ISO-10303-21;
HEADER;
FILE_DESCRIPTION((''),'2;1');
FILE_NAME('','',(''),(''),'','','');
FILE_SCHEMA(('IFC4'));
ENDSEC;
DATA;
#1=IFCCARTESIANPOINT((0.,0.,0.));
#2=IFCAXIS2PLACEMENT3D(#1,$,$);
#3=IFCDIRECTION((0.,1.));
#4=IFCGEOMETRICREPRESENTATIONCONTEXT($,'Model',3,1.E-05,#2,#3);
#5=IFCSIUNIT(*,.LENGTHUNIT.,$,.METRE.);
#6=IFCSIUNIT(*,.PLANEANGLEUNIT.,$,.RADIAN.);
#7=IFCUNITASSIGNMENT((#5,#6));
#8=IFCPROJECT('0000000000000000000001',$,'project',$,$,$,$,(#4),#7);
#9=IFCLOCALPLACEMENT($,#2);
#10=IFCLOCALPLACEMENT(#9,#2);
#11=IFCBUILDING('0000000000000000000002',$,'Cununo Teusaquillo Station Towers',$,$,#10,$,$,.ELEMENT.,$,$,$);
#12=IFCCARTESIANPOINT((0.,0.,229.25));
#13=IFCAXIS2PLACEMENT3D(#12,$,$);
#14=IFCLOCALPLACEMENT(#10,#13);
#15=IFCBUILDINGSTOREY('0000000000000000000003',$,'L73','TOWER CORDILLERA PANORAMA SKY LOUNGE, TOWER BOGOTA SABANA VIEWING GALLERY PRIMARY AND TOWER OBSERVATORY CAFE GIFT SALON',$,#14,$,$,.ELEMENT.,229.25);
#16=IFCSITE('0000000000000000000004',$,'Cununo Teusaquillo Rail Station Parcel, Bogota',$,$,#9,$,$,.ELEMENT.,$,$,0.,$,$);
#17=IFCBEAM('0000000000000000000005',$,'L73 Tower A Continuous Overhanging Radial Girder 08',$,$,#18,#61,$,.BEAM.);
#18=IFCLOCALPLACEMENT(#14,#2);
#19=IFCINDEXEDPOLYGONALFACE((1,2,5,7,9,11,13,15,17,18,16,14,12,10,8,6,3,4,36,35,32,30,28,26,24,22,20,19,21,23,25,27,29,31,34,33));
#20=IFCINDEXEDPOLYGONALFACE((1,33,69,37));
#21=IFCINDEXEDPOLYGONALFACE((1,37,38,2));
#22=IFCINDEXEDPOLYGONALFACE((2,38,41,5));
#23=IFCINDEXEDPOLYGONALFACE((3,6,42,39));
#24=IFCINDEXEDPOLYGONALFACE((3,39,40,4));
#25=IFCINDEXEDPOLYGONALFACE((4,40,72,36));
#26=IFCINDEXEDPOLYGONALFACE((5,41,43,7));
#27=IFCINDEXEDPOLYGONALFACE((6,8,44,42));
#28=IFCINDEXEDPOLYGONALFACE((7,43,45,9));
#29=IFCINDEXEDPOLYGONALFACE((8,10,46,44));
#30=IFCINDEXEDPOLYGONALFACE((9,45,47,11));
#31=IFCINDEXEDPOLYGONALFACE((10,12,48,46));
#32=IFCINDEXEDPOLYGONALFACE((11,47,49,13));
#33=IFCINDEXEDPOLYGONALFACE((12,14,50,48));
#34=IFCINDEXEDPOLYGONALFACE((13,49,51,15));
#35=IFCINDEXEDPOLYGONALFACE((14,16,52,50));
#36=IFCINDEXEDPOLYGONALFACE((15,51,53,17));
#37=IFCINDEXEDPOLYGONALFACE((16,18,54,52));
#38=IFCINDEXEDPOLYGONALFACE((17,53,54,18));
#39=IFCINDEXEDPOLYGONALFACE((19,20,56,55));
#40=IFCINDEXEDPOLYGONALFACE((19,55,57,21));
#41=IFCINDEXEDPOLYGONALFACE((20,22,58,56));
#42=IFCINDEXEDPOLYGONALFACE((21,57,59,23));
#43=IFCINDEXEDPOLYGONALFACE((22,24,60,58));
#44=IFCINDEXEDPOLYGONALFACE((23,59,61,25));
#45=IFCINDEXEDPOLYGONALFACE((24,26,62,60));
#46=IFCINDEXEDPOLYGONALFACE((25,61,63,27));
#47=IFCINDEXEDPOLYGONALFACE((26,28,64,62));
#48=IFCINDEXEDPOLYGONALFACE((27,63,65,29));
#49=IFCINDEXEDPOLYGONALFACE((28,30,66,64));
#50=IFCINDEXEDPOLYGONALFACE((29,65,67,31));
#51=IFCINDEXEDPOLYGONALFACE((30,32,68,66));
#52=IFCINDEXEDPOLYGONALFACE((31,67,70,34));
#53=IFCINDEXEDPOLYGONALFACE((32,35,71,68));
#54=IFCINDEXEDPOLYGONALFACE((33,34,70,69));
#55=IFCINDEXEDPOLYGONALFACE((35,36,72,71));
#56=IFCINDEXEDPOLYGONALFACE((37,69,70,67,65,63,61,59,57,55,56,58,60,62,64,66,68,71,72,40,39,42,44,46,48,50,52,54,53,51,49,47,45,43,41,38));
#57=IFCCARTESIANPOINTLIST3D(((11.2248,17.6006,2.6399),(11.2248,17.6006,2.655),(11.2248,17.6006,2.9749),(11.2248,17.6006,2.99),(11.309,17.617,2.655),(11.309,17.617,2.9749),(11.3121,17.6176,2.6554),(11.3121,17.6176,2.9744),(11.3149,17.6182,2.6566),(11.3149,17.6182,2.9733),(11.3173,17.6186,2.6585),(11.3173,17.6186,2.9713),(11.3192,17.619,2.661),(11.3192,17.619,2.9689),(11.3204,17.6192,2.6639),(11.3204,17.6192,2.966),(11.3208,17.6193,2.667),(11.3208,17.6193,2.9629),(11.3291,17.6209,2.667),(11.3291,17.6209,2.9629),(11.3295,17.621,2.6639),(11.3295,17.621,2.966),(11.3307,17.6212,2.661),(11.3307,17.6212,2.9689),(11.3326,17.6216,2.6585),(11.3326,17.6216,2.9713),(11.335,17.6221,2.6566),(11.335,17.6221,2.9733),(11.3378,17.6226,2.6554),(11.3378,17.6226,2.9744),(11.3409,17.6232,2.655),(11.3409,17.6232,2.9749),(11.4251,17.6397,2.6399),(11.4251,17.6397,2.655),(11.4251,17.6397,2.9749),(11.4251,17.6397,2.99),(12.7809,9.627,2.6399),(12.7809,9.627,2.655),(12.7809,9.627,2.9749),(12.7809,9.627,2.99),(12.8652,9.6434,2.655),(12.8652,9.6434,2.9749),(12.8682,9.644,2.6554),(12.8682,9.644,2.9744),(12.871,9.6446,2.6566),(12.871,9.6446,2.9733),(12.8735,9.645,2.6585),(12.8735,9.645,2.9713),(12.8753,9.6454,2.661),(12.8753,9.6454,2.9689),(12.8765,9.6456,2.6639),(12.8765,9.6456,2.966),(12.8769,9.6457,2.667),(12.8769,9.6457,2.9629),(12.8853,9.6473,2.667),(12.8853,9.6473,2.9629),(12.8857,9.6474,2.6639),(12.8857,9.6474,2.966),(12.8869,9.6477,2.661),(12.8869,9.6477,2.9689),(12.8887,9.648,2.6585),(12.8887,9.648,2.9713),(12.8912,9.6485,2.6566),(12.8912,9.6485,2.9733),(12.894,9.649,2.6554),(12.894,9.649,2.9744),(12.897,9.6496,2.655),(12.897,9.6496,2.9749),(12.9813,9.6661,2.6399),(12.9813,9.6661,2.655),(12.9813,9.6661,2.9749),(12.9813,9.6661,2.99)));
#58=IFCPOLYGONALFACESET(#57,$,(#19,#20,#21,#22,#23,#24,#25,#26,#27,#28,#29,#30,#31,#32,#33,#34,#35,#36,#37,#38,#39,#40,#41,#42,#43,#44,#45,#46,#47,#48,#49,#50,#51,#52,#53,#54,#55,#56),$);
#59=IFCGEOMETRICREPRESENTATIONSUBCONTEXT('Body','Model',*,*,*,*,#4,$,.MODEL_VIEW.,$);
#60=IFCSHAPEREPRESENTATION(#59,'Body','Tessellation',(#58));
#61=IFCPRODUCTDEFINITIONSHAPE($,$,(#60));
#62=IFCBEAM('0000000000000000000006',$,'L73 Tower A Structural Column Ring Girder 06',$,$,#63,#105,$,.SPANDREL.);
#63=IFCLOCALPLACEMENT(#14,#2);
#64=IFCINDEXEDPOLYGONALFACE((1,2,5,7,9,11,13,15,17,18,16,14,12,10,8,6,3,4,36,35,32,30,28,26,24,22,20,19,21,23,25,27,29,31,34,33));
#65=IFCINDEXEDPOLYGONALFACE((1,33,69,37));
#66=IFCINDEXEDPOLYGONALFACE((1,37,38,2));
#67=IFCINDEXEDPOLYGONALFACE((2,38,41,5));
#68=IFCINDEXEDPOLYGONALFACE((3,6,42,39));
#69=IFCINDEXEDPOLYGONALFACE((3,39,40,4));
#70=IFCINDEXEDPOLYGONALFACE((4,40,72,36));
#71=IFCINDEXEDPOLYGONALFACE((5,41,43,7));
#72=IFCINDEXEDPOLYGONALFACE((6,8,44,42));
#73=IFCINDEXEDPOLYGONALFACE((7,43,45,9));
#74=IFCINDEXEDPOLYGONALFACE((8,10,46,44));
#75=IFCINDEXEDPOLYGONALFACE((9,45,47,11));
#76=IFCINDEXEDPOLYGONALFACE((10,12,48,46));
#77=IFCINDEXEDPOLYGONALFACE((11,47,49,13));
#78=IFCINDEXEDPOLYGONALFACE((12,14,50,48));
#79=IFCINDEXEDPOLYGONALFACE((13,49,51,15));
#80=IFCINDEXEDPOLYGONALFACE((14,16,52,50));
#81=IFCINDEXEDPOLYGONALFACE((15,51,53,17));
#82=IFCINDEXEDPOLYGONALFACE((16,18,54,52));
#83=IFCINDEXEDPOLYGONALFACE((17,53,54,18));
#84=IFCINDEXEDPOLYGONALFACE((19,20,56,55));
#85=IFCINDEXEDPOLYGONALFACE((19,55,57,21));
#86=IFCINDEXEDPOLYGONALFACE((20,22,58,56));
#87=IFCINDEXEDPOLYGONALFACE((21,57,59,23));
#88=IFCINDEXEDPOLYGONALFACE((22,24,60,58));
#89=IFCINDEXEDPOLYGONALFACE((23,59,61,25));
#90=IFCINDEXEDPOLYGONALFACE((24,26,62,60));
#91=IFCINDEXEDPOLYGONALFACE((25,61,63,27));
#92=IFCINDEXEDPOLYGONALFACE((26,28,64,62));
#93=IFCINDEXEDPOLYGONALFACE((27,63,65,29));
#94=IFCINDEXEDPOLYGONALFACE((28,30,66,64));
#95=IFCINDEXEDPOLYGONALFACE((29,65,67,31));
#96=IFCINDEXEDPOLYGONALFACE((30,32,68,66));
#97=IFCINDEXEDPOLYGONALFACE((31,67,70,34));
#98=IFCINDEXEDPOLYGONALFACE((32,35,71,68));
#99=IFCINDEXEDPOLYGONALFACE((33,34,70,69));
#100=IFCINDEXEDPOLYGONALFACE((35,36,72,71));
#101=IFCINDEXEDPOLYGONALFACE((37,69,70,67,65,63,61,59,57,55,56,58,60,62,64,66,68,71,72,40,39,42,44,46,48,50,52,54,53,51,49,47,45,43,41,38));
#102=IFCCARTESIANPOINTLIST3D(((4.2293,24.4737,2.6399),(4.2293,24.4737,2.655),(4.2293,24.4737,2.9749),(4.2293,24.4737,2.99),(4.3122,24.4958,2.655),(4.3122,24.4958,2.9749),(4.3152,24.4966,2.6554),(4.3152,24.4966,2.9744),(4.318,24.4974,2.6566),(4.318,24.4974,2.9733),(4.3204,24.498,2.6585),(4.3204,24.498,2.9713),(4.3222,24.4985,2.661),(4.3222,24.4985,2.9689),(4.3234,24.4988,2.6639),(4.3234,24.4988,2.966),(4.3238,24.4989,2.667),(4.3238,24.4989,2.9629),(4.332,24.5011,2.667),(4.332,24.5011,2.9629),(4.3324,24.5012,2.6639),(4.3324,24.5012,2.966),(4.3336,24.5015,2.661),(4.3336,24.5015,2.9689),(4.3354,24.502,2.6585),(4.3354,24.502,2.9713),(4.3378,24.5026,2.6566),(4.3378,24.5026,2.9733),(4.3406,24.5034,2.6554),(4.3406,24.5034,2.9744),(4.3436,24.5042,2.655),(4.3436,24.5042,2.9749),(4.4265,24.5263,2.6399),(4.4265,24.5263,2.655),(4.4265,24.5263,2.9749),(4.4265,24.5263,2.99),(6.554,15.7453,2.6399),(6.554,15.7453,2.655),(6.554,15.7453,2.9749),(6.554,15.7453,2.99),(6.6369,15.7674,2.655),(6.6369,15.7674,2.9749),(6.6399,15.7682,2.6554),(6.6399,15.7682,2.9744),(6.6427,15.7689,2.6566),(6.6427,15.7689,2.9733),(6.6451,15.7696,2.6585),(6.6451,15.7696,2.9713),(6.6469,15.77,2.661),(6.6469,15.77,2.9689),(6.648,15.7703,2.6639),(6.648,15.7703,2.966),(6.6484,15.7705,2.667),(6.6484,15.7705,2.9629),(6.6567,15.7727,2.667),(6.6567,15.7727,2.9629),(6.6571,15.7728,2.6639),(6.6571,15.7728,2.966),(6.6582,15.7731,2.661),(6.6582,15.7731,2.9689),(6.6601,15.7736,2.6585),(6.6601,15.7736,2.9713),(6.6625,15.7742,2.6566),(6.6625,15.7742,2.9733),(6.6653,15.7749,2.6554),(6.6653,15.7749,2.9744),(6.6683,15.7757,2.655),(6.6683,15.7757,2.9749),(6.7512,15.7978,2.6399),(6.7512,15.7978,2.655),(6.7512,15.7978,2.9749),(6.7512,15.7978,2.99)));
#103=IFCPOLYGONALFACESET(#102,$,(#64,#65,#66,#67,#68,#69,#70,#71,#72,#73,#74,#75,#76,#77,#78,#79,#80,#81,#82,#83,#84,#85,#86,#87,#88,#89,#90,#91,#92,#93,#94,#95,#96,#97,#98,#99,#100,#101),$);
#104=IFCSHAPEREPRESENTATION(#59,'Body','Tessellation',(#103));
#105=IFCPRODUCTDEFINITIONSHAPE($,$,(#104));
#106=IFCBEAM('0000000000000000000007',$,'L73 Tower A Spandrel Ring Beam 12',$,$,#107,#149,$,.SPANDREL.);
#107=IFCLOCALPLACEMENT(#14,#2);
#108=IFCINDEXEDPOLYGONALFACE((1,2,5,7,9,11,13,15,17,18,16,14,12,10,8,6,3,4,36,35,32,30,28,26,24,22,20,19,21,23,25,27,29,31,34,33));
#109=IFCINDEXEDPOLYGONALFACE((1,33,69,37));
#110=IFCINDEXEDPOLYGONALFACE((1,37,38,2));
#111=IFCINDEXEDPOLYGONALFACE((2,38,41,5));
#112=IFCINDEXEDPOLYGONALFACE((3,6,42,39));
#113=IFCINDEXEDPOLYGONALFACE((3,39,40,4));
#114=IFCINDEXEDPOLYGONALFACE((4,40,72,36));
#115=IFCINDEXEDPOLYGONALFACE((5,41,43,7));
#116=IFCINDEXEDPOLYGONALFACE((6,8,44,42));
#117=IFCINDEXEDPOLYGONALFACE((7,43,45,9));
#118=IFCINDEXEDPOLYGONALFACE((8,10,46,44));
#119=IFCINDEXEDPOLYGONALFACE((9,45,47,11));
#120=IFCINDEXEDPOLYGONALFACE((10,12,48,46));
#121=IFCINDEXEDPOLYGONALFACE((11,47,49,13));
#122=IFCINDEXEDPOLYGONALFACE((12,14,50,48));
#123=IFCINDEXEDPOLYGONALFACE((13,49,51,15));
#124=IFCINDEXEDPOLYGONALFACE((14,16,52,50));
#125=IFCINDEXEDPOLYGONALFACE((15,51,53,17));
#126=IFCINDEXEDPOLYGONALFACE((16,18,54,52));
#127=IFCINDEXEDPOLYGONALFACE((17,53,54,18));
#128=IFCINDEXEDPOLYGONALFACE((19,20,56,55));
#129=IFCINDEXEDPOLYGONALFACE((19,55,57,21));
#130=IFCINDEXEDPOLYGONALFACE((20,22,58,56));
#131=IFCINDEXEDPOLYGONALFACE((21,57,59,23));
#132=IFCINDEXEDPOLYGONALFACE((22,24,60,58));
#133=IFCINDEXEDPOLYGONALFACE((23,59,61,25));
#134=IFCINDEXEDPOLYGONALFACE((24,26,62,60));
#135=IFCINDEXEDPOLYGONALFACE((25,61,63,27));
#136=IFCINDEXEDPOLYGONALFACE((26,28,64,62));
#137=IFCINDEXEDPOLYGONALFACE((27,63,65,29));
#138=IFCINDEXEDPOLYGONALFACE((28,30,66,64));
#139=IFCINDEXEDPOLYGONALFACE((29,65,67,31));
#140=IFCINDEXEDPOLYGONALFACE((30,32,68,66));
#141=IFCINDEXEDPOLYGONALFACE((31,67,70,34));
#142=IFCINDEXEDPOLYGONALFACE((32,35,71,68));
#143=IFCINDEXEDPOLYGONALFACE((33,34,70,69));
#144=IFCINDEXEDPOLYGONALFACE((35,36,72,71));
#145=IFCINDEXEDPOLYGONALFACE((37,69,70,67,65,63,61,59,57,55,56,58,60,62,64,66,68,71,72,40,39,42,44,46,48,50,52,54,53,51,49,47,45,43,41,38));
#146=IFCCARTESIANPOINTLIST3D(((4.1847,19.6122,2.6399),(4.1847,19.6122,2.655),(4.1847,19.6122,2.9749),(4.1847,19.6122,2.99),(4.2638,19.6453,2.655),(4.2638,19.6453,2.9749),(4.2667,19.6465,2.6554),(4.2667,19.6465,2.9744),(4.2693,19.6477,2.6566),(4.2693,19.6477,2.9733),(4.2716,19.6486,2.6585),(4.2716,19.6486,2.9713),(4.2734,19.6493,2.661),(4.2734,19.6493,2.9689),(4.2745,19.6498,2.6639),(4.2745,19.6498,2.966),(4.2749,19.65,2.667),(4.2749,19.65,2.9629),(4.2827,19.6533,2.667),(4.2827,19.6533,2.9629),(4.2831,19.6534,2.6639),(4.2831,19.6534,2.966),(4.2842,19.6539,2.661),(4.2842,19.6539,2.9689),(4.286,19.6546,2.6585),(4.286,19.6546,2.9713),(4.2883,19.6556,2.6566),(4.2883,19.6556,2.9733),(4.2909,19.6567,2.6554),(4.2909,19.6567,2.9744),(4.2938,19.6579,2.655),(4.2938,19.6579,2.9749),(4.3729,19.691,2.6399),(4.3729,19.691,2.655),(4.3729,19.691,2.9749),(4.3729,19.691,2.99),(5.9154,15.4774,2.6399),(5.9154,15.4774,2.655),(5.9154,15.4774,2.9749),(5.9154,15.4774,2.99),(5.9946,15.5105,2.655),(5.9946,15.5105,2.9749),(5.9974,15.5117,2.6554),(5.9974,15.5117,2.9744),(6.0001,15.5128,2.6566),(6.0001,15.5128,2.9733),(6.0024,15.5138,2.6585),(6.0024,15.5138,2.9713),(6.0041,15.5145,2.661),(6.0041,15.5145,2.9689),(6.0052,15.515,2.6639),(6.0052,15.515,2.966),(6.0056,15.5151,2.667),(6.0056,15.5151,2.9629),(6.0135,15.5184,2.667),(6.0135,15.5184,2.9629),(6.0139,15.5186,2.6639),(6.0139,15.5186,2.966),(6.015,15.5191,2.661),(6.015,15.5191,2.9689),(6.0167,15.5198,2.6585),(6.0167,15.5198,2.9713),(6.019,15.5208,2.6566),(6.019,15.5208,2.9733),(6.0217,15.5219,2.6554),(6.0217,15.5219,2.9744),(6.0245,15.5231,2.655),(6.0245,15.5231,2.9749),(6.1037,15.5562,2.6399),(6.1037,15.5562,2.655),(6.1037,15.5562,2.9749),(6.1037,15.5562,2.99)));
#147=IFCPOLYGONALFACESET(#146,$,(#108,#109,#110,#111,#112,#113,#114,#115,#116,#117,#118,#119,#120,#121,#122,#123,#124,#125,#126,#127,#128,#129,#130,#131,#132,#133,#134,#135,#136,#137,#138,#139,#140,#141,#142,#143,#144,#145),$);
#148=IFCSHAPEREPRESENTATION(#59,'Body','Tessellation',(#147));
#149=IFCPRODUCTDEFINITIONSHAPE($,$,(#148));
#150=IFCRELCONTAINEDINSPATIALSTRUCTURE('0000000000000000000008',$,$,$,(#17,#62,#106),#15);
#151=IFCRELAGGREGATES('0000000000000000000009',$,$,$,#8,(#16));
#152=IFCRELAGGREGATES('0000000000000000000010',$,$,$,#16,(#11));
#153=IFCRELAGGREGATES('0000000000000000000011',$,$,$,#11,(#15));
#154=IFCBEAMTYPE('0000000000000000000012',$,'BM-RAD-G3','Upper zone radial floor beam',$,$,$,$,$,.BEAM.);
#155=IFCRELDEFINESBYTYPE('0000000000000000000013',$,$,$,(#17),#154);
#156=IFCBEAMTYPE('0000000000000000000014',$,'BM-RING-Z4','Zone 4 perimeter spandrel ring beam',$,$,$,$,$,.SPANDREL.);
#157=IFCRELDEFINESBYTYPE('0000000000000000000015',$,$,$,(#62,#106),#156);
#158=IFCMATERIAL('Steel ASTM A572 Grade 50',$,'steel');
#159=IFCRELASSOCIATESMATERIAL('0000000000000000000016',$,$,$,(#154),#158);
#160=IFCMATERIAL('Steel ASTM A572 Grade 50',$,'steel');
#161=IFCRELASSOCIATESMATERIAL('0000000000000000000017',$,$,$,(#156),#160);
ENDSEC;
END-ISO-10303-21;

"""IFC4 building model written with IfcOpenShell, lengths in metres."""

from ifc_helpers import new_model, si_unit, direction, frame, origin, origin_2d, place, context, subcontext, project, spatial, i_section, extrude, material, material_profile, profile_set, type_object, element, save


model = new_model("IFC4")

# Units and contexts
model_context = context("Model", 3, precision=1e-05, world=origin(), true_north=direction((0.0, 1.0)))
body_context = subcontext(model_context, "Body", "Model", "MODEL_VIEW")
ifc_project = project(units=[si_unit("LENGTHUNIT", "METRE"), si_unit("PLANEANGLEUNIT", "RADIAN")], contexts=[model_context])

# Site, building, storey
site_placement = place(None, origin())
site = spatial("IfcSite", under=ifc_project, at=site_placement, Name="Cununo Teusaquillo Rail Station Parcel, Bogota", CompositionType="ELEMENT", RefElevation=0.0)
building_placement = place(site_placement, origin())
building = spatial("IfcBuilding", under=site, at=building_placement, Name="Cununo Teusaquillo Station Towers", CompositionType="ELEMENT")
storey_placement = place(building_placement, frame((0.0, 0.0, 229.25)))
storey = spatial("IfcBuildingStorey", under=building, at=storey_placement, Name="L73", Description="TOWER CORDILLERA PANORAMA SKY LOUNGE, TOWER BOGOTA SABANA VIEWING GALLERY PRIMARY AND TOWER OBSERVATORY CAFE GIFT SALON", CompositionType="ELEMENT", Elevation=229.25)

# Beams
ifc_material_1 = material(Name="Steel ASTM A572 Grade 50", Category="steel")
ifc_material_profile_1 = material_profile(ifc_material_1, i_section(OverallWidth=0.2041, OverallDepth=0.3501, WebThickness=0.0085, FlangeThickness=0.0151, FilletRadius=0.012, at=origin_2d()), Name="W14X48")
ifc_profile_set_1 = profile_set([ifc_material_profile_1], Name="Steel ASTM A572 Grade 50")
beam_type_1 = type_object("IfcBeamType", Name="BM-RAD-G3", Description="Upper zone radial floor beam", PredefinedType="BEAM", material=ifc_profile_set_1)
beam_1_placement = place(storey_placement, frame((11.325, 17.6201, 2.8149), z_axis=(0.191548, -0.981483, 0.0), x_axis=(0.981483, 0.191548, 0.0)))
element("IfcBeam", 1, at=beam_1_placement, inside=storey, type_object=beam_type_1, Name="L73 Tower A Continuous Overhanging Radial Girder 08", PredefinedType="BEAM", context=body_context, shape_type="SweptSolid", body=[
    extrude(i_section(OverallWidth=0.2041, OverallDepth=0.3501, WebThickness=0.0085, FlangeThickness=0.0151, FilletRadius=0.012, at=origin_2d()), origin(), (0.0, 0.0, 1.0), 8.124),
])
ifc_material_2 = material(Name="Steel ASTM A572 Grade 50", Category="steel")
ifc_material_profile_2 = material_profile(ifc_material_2, i_section(OverallWidth=0.2041, OverallDepth=0.3501, WebThickness=0.0085, FlangeThickness=0.0151, FilletRadius=0.012, at=origin_2d()), Name="W14X48")
ifc_profile_set_2 = profile_set([ifc_material_profile_2], Name="Steel ASTM A572 Grade 50")
beam_type_2 = type_object("IfcBeamType", Name="BM-RING-Z4", Description="Zone 4 perimeter spandrel ring beam", PredefinedType="SPANDREL", material=ifc_profile_set_2)
beam_2_placement = place(storey_placement, frame((4.3279, 24.5, 2.8149), z_axis=(0.257363, -0.966315, 0.0), x_axis=(0.966315, 0.257363, 0.0)))
element("IfcBeam", 2, at=beam_2_placement, inside=storey, type_object=beam_type_2, Name="L73 Tower A Structural Column Ring Girder 06", PredefinedType="SPANDREL", context=body_context, shape_type="SweptSolid", body=[
    extrude(i_section(OverallWidth=0.2041, OverallDepth=0.3501, WebThickness=0.0085, FlangeThickness=0.0151, FilletRadius=0.012, at=origin_2d()), origin(), (0.0, 0.0, 1.0), 9.0327),
])
beam_3_placement = place(storey_placement, frame((4.2788, 19.6516, 2.8149), z_axis=(0.386115, -0.92245, 0.0), x_axis=(0.92245, 0.386115, 0.0)))
element("IfcBeam", 3, at=beam_3_placement, inside=storey, type_object=beam_type_2, Name="L73 Tower A Spandrel Ring Beam 12", PredefinedType="SPANDREL", context=body_context, shape_type="SweptSolid", body=[
    extrude(i_section(OverallWidth=0.2041, OverallDepth=0.3501, WebThickness=0.0085, FlangeThickness=0.0151, FilletRadius=0.012, at=origin_2d()), origin(), (0.0, 0.0, 1.0), 4.4824),
])

save(model, "model.ifc")
